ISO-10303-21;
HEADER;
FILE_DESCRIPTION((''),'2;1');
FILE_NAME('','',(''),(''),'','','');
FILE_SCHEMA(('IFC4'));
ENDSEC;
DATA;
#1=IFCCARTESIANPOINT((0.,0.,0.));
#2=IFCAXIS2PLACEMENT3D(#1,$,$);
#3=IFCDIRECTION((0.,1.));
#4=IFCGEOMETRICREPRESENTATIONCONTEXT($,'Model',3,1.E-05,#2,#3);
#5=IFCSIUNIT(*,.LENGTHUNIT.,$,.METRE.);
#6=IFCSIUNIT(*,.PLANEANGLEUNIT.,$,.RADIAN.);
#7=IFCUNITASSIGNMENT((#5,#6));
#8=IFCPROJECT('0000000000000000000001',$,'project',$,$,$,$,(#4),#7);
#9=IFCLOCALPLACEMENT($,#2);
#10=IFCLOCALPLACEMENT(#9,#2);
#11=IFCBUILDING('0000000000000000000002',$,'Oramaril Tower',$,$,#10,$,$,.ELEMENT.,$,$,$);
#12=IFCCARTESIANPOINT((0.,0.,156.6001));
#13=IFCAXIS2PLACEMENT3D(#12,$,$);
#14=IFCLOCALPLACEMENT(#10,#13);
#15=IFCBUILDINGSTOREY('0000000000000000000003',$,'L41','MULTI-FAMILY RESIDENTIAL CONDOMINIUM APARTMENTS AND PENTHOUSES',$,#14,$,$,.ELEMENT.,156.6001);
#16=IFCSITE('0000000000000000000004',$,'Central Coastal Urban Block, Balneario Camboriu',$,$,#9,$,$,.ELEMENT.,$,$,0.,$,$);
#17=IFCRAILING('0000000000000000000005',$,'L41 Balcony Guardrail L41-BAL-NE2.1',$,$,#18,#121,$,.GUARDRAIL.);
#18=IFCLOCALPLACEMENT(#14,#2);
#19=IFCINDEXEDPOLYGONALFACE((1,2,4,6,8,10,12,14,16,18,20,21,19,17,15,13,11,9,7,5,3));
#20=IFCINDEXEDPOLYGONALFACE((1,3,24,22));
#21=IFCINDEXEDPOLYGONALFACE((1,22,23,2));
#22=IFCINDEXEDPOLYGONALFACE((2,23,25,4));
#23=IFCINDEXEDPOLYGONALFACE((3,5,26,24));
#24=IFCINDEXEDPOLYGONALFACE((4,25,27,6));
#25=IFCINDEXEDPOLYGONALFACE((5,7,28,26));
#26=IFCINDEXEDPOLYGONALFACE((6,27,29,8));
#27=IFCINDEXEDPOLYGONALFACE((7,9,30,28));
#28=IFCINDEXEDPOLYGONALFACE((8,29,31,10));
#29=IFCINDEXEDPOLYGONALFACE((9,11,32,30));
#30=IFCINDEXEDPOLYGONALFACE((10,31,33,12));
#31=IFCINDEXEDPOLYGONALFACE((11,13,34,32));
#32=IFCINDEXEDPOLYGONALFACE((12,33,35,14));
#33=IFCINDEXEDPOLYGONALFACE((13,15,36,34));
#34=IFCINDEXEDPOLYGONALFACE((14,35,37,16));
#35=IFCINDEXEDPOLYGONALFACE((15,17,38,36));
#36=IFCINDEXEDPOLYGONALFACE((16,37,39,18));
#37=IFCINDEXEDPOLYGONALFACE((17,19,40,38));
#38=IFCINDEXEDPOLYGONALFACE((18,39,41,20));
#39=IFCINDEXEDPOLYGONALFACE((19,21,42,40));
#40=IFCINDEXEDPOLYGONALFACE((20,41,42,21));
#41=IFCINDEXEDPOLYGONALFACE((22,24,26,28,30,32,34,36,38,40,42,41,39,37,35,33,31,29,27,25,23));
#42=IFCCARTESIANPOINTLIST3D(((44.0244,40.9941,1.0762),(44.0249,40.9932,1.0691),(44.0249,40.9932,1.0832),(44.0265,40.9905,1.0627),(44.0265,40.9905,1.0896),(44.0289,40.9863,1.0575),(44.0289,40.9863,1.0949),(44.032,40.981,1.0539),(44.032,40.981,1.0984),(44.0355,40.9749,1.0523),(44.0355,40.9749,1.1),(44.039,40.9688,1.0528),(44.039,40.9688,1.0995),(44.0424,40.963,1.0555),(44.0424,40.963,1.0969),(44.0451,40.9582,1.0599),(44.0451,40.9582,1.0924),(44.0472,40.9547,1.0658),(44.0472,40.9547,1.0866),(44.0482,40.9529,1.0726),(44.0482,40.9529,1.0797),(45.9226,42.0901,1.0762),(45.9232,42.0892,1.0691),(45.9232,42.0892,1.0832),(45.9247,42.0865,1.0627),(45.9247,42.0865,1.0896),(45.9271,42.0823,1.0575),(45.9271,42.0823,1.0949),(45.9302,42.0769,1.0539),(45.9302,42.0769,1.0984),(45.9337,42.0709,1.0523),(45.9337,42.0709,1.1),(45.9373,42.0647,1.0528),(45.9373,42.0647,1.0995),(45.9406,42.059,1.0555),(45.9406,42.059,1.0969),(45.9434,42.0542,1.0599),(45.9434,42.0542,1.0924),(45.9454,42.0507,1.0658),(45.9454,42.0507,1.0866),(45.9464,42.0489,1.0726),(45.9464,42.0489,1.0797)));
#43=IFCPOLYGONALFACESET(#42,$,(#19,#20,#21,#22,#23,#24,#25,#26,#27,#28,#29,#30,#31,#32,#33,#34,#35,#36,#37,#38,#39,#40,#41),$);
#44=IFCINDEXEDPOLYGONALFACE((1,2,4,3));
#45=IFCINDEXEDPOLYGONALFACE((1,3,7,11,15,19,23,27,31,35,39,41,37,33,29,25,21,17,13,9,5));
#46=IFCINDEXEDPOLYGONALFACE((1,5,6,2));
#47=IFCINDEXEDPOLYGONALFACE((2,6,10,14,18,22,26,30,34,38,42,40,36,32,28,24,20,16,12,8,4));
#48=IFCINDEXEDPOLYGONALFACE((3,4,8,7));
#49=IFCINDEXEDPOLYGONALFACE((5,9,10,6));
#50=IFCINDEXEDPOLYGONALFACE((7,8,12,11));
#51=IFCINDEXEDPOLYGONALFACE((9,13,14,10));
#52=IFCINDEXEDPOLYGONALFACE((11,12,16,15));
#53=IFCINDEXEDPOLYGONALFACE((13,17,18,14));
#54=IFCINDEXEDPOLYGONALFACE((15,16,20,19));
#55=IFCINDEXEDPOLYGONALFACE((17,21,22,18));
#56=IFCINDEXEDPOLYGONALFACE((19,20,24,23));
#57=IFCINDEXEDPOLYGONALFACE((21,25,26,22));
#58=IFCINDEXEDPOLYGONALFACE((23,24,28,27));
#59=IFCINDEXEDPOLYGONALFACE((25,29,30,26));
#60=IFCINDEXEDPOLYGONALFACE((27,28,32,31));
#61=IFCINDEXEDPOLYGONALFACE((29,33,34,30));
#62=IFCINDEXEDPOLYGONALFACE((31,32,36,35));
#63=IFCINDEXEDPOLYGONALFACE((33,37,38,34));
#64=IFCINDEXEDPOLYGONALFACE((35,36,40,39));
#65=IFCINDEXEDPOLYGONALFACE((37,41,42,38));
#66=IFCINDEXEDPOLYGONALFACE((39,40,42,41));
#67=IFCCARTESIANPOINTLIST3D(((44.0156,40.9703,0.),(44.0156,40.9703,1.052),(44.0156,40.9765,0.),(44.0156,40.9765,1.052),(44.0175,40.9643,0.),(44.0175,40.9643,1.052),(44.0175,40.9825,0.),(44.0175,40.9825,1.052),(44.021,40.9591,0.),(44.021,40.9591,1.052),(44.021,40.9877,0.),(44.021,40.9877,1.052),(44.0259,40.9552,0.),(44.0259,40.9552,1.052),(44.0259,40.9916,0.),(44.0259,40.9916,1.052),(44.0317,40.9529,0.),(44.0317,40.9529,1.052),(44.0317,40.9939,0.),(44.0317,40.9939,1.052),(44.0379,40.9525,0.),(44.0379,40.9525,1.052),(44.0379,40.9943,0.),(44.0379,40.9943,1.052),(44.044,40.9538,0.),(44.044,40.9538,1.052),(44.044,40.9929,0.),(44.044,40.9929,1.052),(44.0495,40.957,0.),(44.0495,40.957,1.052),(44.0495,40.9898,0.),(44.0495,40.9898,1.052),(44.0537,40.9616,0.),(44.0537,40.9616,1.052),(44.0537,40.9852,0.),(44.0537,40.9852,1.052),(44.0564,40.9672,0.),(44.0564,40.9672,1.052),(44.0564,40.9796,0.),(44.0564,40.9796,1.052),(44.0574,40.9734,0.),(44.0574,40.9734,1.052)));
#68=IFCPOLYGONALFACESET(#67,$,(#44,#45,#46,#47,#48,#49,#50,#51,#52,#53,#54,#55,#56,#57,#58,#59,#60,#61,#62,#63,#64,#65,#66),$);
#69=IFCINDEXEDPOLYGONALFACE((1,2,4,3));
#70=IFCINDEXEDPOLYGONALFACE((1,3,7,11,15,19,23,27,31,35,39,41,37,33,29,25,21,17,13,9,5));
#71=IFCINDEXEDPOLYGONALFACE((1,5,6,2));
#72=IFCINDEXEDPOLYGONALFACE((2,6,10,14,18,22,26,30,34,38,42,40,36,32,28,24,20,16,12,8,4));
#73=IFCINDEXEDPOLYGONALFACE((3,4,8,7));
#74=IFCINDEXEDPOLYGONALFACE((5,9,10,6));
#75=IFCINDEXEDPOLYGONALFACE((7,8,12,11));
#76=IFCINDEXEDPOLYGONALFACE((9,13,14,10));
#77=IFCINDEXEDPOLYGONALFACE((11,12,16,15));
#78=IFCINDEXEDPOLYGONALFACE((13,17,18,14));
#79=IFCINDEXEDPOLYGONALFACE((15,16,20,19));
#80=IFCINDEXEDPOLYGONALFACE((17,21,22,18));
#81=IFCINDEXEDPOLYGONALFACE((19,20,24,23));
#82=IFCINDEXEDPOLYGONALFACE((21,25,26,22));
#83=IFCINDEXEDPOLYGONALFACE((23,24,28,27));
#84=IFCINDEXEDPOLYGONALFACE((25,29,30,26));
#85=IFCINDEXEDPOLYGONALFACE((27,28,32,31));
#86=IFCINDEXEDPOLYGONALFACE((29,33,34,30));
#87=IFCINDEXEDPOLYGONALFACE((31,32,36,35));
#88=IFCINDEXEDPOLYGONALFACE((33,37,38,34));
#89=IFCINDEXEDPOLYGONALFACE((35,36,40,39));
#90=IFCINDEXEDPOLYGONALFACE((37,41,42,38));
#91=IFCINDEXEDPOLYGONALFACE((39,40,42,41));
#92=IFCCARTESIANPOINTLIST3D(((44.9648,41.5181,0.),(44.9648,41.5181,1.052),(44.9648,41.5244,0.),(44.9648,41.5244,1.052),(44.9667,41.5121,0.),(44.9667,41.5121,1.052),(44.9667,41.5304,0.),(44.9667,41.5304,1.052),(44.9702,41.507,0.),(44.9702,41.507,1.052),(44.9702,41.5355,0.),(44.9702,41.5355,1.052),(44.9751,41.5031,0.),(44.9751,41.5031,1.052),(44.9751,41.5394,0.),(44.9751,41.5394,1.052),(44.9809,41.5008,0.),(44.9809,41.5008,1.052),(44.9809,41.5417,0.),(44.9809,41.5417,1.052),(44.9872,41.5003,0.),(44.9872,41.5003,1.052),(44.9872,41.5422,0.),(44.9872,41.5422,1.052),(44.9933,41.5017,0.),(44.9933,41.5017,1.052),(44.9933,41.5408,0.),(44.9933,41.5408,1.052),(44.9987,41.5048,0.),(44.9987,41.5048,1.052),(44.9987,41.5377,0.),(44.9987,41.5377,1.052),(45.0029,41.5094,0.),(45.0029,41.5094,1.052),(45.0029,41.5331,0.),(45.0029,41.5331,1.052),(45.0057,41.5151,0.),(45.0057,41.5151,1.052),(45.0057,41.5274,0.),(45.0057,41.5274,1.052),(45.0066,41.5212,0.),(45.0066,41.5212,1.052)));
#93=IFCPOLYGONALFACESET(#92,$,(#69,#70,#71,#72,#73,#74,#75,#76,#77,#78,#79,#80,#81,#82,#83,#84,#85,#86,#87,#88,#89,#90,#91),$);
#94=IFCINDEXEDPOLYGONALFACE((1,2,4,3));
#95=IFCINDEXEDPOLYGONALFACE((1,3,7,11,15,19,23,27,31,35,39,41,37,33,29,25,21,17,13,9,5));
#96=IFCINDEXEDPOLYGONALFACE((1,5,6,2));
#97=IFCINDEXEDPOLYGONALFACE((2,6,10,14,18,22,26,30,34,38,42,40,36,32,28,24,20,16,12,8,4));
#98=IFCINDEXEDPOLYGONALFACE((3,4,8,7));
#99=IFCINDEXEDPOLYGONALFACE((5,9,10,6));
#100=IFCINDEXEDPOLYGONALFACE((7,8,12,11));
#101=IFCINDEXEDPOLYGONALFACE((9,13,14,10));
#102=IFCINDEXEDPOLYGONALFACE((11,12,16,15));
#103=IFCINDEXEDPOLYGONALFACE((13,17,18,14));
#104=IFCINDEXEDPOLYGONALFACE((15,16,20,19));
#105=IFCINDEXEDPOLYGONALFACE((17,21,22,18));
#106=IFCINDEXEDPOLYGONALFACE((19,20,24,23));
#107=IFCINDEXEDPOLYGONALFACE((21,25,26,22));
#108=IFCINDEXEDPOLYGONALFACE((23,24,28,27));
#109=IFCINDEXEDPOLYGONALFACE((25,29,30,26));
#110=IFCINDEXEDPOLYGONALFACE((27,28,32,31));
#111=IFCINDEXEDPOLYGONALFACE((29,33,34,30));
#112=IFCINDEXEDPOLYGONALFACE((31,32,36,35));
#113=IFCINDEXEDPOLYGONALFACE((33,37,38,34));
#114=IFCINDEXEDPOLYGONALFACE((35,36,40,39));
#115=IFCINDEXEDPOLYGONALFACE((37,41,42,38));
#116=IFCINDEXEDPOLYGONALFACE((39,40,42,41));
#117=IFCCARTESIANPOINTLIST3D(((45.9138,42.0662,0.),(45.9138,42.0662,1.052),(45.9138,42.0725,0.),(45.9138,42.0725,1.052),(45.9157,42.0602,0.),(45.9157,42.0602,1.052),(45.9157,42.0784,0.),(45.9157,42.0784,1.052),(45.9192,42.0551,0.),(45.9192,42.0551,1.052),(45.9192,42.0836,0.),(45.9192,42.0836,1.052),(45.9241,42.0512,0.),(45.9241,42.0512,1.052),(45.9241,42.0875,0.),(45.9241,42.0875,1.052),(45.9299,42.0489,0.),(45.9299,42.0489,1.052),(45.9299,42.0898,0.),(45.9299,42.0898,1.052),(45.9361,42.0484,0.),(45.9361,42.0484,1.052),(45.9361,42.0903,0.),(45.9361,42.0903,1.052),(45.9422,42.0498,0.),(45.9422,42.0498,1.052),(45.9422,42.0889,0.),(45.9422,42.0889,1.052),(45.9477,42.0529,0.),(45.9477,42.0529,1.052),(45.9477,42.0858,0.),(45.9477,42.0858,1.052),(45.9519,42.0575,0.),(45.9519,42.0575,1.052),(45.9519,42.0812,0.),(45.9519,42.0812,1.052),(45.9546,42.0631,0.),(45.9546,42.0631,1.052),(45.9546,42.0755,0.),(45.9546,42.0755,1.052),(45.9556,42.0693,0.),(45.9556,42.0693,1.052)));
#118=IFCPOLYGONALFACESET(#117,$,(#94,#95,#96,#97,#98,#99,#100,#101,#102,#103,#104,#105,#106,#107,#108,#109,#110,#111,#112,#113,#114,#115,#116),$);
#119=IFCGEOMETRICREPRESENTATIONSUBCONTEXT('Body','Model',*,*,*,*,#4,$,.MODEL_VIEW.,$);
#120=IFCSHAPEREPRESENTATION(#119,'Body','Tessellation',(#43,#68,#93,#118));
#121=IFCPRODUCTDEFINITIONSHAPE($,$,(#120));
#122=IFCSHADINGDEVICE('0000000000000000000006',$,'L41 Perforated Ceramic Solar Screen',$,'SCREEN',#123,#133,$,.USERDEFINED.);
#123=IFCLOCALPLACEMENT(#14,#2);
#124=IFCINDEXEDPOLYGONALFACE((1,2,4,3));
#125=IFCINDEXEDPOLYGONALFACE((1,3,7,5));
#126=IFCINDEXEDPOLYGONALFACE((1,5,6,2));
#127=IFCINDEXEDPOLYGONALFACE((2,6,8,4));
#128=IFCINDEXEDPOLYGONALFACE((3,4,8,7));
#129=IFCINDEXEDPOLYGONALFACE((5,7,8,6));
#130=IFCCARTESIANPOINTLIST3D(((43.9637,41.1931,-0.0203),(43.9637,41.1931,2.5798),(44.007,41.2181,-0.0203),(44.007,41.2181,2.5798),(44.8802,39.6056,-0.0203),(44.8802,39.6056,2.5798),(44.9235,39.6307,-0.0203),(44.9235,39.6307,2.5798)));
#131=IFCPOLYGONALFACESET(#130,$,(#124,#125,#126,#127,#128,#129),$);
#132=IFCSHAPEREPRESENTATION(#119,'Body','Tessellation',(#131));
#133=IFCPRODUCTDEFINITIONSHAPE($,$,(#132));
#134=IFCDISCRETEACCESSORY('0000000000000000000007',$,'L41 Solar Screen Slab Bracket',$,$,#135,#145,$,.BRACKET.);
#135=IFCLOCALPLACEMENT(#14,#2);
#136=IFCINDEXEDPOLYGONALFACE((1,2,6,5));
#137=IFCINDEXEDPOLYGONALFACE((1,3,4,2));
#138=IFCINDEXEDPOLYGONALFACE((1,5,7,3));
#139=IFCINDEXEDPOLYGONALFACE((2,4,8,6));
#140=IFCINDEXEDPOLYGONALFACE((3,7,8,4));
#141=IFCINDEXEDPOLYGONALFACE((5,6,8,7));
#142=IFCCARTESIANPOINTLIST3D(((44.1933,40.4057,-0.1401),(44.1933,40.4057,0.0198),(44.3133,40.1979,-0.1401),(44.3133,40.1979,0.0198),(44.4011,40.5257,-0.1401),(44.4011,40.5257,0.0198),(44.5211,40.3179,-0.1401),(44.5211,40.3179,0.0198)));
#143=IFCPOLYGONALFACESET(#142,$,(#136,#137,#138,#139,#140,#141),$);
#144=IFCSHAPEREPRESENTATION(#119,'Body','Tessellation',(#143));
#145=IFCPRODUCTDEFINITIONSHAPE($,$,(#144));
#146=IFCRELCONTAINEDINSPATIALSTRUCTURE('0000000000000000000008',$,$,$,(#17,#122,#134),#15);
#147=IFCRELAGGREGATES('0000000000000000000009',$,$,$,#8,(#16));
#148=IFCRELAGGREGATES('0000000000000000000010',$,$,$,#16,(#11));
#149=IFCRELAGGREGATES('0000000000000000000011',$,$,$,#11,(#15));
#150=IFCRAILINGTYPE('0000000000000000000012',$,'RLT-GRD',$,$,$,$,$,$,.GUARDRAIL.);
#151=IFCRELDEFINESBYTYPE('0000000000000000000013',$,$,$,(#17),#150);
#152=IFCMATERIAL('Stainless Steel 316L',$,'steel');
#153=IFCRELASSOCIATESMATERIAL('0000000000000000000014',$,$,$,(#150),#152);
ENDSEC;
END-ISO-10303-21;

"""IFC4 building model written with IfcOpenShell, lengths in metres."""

from ifc_helpers import new_model, si_unit, direction, frame, origin, origin_2d, place, context, subcontext, project, spatial, rectangle, circle, extrude, material, type_object, element, save


model = new_model("IFC4")

# Units and contexts
model_context = context("Model", 3, precision=1e-05, world=origin(), true_north=direction((0.0, 1.0)))
body_context = subcontext(model_context, "Body", "Model", "MODEL_VIEW")
ifc_project = project(units=[si_unit("LENGTHUNIT", "METRE"), si_unit("PLANEANGLEUNIT", "RADIAN")], contexts=[model_context])

# Site, building, storey
site_placement = place(None, origin())
site = spatial("IfcSite", under=ifc_project, at=site_placement, Name="Central Coastal Urban Block, Balneario Camboriu", CompositionType="ELEMENT", RefElevation=0.0)
building_placement = place(site_placement, origin())
building = spatial("IfcBuilding", under=site, at=building_placement, Name="Oramaril Tower", CompositionType="ELEMENT")
storey_placement = place(building_placement, frame((0.0, 0.0, 156.6001)))
storey = spatial("IfcBuildingStorey", under=building, at=storey_placement, Name="L41", Description="MULTI-FAMILY RESIDENTIAL CONDOMINIUM APARTMENTS AND PENTHOUSES", CompositionType="ELEMENT", Elevation=156.6001)

# Railing
ifc_material_1 = material(Name="Stainless Steel 316L", Category="steel")
railing_type = type_object("IfcRailingType", Name="RLT-GRD", PredefinedType="GUARDRAIL", material=ifc_material_1)
railing_placement = place(storey_placement, frame((44.0364, 40.9734, 0.0)))
element("IfcRailing", 1, at=railing_placement, inside=storey, type_object=railing_type, Name="L41 Balcony Guardrail L41-BAL-NE2.1", PredefinedType="GUARDRAIL", context=body_context, shape_type="SweptSolid", body=[
    extrude(circle(Radius=0.0239, at=origin_2d()), frame((0.0, 0.0, 1.0762), z_axis=(0.866021, 0.500008, 0.0), x_axis=(-0.500008, 0.866021, 0.0)), (0.0, 0.0, 1.0), 2.1919),
    extrude(circle(Radius=0.021, at=origin_2d()), origin(), (0.0, 0.0, 1.0), 1.052),
    extrude(circle(Radius=0.021, at=origin_2d()), frame((0.9492, 0.5479, 0.0)), (0.0, 0.0, 1.0), 1.052),
    extrude(circle(Radius=0.021, at=origin_2d()), frame((1.8982, 1.0959, 0.0)), (0.0, 0.0, 1.0), 1.052),
])

# Shading device
shading_device_placement = place(storey_placement, frame((44.4436, 40.4119, -0.0203), z_axis=(0.0, 0.0, 1.0), x_axis=(-0.5, 0.866025, 0.0)))
element("IfcShadingDevice", 2, at=shading_device_placement, inside=storey, Name="L41 Perforated Ceramic Solar Screen", ObjectType="SCREEN", PredefinedType="USERDEFINED", context=body_context, shape_type="SweptSolid", body=[
    extrude(rectangle(XDim=1.833, YDim=0.05, at=origin_2d()), origin(), (0.0, 0.0, 1.0), 2.6001),
])

# Discrete accessory
discrete_accessory_placement = place(storey_placement, frame((44.3572, 40.3618, -0.1401), z_axis=(0.0, 0.0, 1.0), x_axis=(-0.5, 0.866025, 0.0)))
element("IfcDiscreteAccessory", 3, at=discrete_accessory_placement, inside=storey, Name="L41 Solar Screen Slab Bracket", PredefinedType="BRACKET", context=body_context, shape_type="SweptSolid", body=[
    extrude(rectangle(XDim=0.24, YDim=0.24, at=origin_2d()), origin(), (0.0, 0.0, 1.0), 0.1599),
])

save(model, "model.ifc")
